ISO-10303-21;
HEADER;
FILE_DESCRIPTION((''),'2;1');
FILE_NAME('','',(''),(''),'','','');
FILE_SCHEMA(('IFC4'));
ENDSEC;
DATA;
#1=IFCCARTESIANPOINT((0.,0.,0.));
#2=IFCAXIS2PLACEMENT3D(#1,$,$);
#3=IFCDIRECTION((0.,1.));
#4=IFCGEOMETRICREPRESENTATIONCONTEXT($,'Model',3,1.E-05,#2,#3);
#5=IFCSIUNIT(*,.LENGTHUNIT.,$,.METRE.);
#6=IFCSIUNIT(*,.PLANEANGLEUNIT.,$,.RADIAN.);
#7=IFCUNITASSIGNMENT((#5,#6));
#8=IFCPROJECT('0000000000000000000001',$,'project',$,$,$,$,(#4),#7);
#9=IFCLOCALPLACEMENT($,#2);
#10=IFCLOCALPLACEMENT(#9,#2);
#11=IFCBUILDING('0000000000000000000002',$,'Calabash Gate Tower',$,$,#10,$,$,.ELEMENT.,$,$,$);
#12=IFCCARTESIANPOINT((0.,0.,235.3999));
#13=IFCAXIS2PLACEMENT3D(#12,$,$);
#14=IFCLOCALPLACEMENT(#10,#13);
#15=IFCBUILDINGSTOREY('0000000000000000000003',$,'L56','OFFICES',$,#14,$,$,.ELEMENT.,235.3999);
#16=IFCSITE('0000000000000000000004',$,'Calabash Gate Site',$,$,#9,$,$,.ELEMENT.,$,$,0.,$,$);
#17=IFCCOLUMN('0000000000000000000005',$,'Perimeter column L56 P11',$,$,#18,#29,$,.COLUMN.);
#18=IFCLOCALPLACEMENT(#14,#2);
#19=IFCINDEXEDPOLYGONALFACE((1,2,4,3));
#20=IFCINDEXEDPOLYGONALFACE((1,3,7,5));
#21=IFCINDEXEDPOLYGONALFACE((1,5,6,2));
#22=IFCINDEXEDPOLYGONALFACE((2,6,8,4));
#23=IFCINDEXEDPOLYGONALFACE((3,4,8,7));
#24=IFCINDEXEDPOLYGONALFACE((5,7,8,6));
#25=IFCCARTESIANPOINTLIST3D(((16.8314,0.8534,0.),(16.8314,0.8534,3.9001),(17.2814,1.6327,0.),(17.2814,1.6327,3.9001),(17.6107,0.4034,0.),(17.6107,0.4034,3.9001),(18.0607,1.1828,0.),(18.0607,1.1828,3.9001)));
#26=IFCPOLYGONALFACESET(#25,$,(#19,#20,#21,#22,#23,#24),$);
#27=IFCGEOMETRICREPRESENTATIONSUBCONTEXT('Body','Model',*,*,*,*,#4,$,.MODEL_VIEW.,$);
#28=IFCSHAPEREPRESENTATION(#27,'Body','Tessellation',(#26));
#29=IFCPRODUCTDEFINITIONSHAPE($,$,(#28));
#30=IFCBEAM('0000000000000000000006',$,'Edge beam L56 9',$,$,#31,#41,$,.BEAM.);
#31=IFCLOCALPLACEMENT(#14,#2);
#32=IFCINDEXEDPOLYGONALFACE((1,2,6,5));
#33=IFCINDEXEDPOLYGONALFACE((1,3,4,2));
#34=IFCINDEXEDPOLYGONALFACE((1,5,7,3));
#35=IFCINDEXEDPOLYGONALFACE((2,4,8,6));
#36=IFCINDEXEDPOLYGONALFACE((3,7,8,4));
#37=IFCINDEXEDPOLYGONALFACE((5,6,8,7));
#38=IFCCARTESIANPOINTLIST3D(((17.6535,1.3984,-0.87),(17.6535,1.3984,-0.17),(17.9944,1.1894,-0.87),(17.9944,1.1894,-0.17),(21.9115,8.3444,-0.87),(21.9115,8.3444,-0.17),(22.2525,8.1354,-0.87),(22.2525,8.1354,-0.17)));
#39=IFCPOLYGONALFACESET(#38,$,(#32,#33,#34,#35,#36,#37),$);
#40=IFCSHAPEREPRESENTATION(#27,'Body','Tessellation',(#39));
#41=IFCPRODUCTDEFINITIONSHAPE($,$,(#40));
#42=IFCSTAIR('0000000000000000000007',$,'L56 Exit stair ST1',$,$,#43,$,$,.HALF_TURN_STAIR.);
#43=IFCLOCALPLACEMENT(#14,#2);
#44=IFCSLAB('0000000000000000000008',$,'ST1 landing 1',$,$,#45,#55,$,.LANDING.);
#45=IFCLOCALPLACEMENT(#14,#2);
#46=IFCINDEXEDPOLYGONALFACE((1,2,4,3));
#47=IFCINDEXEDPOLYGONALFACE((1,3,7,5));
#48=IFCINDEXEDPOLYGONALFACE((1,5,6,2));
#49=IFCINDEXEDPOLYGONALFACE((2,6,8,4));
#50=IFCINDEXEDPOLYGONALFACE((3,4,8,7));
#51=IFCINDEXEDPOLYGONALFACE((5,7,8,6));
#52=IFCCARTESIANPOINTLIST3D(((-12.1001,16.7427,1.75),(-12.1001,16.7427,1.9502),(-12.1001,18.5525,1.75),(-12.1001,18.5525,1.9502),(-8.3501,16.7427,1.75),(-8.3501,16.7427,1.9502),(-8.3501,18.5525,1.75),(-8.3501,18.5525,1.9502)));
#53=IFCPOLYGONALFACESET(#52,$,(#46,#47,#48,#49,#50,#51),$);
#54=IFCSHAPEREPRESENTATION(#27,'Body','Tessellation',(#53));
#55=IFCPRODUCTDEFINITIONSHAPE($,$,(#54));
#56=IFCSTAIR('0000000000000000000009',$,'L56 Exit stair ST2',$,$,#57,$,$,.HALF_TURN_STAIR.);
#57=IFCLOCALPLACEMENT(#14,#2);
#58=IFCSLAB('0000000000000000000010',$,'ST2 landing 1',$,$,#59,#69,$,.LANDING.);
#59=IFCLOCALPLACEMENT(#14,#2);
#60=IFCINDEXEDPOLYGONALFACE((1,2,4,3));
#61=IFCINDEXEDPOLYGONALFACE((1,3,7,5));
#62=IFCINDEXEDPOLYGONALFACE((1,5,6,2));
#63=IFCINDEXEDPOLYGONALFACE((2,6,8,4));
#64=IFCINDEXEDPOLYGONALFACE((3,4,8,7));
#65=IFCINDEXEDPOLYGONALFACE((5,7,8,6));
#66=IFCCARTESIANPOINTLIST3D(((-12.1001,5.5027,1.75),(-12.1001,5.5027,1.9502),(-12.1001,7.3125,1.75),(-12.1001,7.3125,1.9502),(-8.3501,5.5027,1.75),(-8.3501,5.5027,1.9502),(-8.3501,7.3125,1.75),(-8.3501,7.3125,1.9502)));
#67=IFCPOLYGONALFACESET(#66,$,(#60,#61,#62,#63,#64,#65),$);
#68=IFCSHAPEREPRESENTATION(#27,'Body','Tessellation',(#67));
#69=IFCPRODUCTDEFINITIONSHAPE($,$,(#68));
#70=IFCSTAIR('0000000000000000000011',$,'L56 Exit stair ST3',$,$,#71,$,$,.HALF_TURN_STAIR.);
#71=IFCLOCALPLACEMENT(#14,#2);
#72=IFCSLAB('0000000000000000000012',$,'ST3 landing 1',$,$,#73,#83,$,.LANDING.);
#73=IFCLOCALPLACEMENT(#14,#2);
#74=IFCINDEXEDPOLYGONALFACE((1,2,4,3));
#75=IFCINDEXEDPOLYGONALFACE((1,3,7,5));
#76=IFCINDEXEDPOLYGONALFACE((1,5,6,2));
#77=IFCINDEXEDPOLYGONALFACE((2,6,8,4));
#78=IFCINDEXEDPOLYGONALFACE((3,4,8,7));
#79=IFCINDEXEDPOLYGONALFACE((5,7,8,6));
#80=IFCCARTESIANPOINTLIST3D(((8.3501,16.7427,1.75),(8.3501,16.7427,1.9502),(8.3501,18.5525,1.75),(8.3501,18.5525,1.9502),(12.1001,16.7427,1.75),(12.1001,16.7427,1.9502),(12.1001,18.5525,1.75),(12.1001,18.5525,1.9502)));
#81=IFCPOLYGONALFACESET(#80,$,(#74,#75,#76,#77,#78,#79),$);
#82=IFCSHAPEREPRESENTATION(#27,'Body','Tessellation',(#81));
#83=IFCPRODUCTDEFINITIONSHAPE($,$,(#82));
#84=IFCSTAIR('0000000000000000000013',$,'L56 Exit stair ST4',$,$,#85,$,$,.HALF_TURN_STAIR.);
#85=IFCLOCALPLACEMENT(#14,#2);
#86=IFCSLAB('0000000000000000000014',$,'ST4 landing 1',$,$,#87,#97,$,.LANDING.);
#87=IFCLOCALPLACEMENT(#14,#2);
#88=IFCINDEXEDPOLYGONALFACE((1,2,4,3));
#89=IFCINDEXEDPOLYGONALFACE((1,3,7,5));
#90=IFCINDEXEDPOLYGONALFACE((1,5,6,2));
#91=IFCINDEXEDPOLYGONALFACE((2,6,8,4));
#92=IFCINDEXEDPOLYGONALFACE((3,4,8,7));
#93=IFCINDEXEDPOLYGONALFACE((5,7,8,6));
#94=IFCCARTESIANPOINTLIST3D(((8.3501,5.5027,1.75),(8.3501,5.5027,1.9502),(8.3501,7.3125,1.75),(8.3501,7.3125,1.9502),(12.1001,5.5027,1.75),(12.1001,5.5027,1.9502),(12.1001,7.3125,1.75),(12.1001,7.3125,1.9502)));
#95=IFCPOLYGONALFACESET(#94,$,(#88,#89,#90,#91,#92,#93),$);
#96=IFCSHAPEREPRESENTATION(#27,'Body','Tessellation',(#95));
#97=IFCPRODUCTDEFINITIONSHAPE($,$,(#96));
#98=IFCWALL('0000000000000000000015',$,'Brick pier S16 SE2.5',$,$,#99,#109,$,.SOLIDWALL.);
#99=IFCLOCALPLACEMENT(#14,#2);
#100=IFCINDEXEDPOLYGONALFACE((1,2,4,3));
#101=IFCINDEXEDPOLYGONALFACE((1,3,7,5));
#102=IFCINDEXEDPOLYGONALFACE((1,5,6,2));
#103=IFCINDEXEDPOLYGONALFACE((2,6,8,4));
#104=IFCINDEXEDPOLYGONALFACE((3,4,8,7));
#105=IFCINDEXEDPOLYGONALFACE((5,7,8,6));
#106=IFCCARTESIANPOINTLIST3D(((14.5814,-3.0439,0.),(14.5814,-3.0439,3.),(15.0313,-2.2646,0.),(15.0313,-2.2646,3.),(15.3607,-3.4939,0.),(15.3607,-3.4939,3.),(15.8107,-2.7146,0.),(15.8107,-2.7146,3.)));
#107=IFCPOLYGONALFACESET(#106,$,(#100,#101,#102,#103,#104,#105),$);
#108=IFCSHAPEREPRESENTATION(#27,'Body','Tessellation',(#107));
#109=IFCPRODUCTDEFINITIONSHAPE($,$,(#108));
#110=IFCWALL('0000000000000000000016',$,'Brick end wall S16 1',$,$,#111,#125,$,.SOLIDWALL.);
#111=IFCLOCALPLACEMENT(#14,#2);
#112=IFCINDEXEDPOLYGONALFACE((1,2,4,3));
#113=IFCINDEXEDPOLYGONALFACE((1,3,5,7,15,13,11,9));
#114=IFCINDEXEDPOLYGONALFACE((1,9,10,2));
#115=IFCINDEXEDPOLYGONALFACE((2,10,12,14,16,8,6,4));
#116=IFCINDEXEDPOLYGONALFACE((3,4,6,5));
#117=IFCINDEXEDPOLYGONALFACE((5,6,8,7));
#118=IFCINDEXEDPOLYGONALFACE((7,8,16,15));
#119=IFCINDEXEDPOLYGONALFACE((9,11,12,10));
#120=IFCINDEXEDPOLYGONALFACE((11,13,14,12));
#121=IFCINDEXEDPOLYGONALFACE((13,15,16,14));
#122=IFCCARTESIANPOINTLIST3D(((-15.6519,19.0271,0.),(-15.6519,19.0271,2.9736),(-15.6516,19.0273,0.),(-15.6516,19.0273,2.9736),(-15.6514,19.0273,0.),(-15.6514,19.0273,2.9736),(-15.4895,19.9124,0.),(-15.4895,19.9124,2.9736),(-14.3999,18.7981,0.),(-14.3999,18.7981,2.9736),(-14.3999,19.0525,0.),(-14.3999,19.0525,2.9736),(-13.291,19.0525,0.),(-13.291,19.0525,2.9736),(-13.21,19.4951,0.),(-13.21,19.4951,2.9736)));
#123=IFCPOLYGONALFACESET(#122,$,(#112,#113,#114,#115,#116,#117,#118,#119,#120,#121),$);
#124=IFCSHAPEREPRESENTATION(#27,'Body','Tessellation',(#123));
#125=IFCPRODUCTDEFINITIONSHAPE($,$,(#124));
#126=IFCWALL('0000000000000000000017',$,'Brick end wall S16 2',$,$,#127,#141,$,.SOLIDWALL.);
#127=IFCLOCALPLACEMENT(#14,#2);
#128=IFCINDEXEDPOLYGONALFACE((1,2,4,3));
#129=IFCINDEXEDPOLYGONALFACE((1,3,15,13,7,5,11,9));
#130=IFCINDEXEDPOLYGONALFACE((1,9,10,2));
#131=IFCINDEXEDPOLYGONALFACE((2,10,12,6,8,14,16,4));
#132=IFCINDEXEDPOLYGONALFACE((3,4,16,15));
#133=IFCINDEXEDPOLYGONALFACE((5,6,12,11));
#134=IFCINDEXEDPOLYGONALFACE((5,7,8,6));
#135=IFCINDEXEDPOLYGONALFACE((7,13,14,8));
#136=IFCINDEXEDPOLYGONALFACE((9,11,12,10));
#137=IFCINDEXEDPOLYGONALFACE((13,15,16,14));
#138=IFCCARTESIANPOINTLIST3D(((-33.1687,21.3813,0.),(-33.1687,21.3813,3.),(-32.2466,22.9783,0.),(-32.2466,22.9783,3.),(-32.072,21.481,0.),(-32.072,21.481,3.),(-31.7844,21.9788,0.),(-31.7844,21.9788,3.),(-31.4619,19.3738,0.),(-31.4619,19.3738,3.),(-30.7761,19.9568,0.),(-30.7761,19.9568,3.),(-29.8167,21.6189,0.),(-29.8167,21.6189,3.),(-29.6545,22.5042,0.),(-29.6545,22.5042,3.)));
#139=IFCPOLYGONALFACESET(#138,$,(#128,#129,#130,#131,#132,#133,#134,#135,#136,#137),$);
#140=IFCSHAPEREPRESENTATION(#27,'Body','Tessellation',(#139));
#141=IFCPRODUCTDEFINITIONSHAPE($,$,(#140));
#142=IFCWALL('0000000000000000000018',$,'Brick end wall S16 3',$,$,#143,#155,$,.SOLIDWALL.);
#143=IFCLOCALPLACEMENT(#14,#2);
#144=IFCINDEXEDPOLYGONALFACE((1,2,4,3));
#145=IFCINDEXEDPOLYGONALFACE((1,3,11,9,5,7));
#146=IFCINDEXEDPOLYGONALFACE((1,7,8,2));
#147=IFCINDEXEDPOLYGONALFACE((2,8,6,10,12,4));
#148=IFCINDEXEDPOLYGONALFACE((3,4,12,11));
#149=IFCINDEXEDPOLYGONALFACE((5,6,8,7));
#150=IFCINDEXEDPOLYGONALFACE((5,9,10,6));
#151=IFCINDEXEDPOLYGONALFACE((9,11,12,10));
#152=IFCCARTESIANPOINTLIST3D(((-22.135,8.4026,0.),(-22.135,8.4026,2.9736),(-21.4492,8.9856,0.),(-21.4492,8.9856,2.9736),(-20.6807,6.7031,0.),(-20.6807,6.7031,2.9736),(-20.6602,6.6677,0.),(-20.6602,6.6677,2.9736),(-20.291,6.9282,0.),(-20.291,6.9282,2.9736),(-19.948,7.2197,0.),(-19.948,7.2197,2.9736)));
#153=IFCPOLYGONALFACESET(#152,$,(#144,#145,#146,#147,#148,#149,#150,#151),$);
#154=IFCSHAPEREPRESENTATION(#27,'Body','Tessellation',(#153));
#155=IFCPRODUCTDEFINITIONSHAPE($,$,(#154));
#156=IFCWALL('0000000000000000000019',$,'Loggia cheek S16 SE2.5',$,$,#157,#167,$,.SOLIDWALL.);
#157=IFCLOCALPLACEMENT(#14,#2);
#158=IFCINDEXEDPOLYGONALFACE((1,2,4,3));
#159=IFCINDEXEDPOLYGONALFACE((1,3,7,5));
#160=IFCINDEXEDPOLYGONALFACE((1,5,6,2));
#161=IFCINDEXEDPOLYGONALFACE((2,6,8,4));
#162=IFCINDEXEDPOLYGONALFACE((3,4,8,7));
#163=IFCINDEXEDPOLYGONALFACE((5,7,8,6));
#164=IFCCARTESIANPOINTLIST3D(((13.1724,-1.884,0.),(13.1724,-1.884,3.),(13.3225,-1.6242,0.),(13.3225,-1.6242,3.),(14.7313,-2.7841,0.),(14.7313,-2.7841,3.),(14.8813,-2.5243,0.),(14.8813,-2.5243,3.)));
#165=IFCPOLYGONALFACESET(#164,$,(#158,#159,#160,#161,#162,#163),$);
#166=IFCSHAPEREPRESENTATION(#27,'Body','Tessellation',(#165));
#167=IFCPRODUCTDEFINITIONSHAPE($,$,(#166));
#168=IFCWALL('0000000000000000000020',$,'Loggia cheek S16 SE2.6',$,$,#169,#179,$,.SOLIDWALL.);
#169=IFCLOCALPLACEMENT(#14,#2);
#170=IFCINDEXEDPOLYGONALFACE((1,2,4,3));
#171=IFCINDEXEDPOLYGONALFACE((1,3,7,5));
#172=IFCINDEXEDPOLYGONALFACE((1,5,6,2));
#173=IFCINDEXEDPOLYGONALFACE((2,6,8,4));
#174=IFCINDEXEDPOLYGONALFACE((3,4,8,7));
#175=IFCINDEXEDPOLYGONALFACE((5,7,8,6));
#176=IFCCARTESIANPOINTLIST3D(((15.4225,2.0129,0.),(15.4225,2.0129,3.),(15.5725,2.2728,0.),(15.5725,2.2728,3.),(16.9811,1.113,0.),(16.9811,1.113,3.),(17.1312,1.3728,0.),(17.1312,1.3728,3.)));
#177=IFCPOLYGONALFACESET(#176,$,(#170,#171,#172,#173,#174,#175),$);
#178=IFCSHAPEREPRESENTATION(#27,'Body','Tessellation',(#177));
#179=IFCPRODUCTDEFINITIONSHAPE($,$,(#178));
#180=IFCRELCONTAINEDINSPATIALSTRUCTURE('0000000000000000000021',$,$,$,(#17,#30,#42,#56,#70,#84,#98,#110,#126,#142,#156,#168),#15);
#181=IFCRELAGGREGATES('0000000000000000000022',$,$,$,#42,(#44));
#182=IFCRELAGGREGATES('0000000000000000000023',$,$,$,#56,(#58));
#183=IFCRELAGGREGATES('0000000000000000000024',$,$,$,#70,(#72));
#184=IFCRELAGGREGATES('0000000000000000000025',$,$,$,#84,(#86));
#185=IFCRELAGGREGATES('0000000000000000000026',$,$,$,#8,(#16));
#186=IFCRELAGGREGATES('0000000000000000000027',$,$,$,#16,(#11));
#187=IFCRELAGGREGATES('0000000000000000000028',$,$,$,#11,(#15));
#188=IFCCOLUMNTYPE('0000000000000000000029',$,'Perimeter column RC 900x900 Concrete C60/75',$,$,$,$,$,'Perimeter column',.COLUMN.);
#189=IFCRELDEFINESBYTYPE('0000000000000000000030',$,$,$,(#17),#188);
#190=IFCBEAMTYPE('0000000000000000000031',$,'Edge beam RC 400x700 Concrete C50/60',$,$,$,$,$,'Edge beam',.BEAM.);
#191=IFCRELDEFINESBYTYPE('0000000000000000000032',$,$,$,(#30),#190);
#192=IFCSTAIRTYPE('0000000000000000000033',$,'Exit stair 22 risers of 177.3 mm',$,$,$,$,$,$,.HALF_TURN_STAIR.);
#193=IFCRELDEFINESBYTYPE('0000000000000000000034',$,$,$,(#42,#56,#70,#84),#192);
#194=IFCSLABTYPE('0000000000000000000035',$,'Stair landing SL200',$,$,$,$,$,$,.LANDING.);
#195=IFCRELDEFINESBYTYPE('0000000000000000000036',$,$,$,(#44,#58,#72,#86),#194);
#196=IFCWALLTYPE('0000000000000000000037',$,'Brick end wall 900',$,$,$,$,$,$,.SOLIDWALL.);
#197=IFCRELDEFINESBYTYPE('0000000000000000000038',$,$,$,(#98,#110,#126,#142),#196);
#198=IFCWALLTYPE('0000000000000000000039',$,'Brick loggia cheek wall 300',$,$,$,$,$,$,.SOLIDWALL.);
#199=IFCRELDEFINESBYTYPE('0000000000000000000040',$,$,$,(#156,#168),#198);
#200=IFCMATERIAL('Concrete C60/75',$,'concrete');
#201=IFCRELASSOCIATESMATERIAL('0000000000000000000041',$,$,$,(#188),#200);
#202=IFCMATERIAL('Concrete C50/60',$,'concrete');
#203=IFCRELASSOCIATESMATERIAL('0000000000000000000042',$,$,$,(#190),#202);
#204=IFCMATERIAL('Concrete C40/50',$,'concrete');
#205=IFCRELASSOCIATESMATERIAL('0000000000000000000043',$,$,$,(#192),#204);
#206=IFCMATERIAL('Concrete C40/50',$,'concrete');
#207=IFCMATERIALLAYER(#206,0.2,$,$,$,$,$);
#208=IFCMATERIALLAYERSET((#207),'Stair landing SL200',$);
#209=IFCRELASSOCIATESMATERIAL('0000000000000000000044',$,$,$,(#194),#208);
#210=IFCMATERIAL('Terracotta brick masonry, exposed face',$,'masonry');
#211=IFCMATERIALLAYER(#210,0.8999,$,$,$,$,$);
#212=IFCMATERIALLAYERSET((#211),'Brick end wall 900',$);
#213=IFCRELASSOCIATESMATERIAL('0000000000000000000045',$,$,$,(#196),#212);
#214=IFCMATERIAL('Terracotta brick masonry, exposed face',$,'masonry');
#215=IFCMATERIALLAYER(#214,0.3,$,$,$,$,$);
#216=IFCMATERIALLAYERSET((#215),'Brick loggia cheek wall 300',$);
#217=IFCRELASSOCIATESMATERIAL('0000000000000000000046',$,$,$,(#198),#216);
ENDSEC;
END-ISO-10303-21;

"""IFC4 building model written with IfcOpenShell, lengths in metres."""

from ifc_helpers import new_model, si_unit, direction, frame, frame_2d, origin, origin_2d, place, context, subcontext, project, spatial, polyline, rectangle, outline, extrude, material, layer, layer_set, material_profile, profile_set, type_object, element, aggregate, save


model = new_model("IFC4")

# Units and contexts
model_context = context("Model", 3, precision=1e-05, world=origin(), true_north=direction((0.0, 1.0)))
body_context = subcontext(model_context, "Body", "Model", "MODEL_VIEW")
ifc_project = project(units=[si_unit("LENGTHUNIT", "METRE"), si_unit("PLANEANGLEUNIT", "RADIAN")], contexts=[model_context])

# Site, building, storey
site_placement = place(None, origin())
site = spatial("IfcSite", under=ifc_project, at=site_placement, Name="Calabash Gate Site", CompositionType="ELEMENT", RefElevation=0.0)
building_placement = place(site_placement, origin())
building = spatial("IfcBuilding", under=site, at=building_placement, Name="Calabash Gate Tower", CompositionType="ELEMENT")
storey_placement = place(building_placement, frame((0.0, 0.0, 235.3999)))
storey = spatial("IfcBuildingStorey", under=building, at=storey_placement, Name="L56", Description="OFFICES", CompositionType="ELEMENT", Elevation=235.3999)

# Column
ifc_material_1 = material(Name="Concrete C60/75", Category="concrete")
ifc_material_profile_1 = material_profile(ifc_material_1, rectangle(XDim=0.8999, YDim=0.8999, at=origin_2d()))
ifc_profile_set_1 = profile_set([ifc_material_profile_1], Name="Concrete C60/75")
column_type = type_object("IfcColumnType", Name="Perimeter column RC 900x900 Concrete C60/75", ElementType="Perimeter column", PredefinedType="COLUMN", material=ifc_profile_set_1)
column_placement = place(storey_placement, frame((17.446, 1.0181, 0.0), z_axis=(0.0, 0.0, 1.0), x_axis=(0.5, 0.866025, 0.0)))
element("IfcColumn", 1, at=column_placement, inside=storey, type_object=column_type, Name="Perimeter column L56 P11", PredefinedType="COLUMN", context=body_context, shape_type="SweptSolid", body=[
    extrude(rectangle(XDim=0.8999, YDim=0.8999, at=origin_2d()), origin(), (0.0, 0.0, 1.0), 3.9001),
])

# Beam
ifc_material_2 = material(Name="Concrete C50/60", Category="concrete")
ifc_material_profile_2 = material_profile(ifc_material_2, rectangle(XDim=0.3999, YDim=0.7, at=origin_2d()))
ifc_profile_set_2 = profile_set([ifc_material_profile_2], Name="Concrete C50/60")
beam_type = type_object("IfcBeamType", Name="Edge beam RC 400x700 Concrete C50/60", ElementType="Edge beam", PredefinedType="BEAM", material=ifc_profile_set_2)
beam_placement = place(storey_placement, frame((17.824, 1.2939, -0.52), z_axis=(0.522634, 0.852557, 0.0), x_axis=(-0.852557, 0.522634, 0.0)))
element("IfcBeam", 2, at=beam_placement, inside=storey, type_object=beam_type, Name="Edge beam L56 9", PredefinedType="BEAM", context=body_context, shape_type="SweptSolid", body=[
    extrude(rectangle(XDim=0.3999, YDim=0.7, at=origin_2d()), origin(), (0.0, 0.0, 1.0), 8.1472),
])

# Stairs, slabs
ifc_material_3 = material(Name="Concrete C40/50", Category="concrete")
stair_type = type_object("IfcStairType", Name="Exit stair 22 risers of 177.3 mm", PredefinedType="HALF_TURN_STAIR", material=ifc_material_3)
stair_1_placement = place(storey_placement, origin())
stair_1 = element("IfcStair", 3, at=stair_1_placement, inside=storey, type_object=stair_type, Name="L56 Exit stair ST1", PredefinedType="HALF_TURN_STAIR")
ifc_material_4 = material(Name="Concrete C40/50", Category="concrete")
ifc_layer_1 = layer(ifc_material_4, 0.2)
ifc_layer_set_1 = layer_set([ifc_layer_1], Name="Stair landing SL200")
slab_type = type_object("IfcSlabType", Name="Stair landing SL200", PredefinedType="LANDING", material=ifc_layer_set_1)
slab_1_placement = place(storey_placement, frame((0.0, 0.0, 1.75)))
slab_1 = element("IfcSlab", 4, at=slab_1_placement, type_object=slab_type, Name="ST1 landing 1", PredefinedType="LANDING", context=body_context, shape_type="SweptSolid", body=[
    extrude(outline(polyline([(-8.3501, 16.7427), (-8.3501, 18.5525), (-12.1001, 18.5525), (-12.1001, 16.7427), (-8.3501, 16.7427)])), origin(), (0.0, 0.0, 1.0), 0.2002),
])
aggregate(stair_1, [slab_1])
stair_2_placement = place(storey_placement, origin())
stair_2 = element("IfcStair", 5, at=stair_2_placement, inside=storey, type_object=stair_type, Name="L56 Exit stair ST2", PredefinedType="HALF_TURN_STAIR")
slab_2_placement = place(storey_placement, frame((0.0, 0.0, 1.75)))
slab_2 = element("IfcSlab", 6, at=slab_2_placement, type_object=slab_type, Name="ST2 landing 1", PredefinedType="LANDING", context=body_context, shape_type="SweptSolid", body=[
    extrude(outline(polyline([(-12.1001, 7.3125), (-12.1001, 5.5027), (-8.3501, 5.5027), (-8.3501, 7.3125), (-12.1001, 7.3125)])), origin(), (0.0, 0.0, 1.0), 0.2002),
])
aggregate(stair_2, [slab_2])
stair_3_placement = place(storey_placement, origin())
stair_3 = element("IfcStair", 7, at=stair_3_placement, inside=storey, type_object=stair_type, Name="L56 Exit stair ST3", PredefinedType="HALF_TURN_STAIR")
slab_3_placement = place(storey_placement, frame((0.0, 0.0, 1.75)))
slab_3 = element("IfcSlab", 8, at=slab_3_placement, type_object=slab_type, Name="ST3 landing 1", PredefinedType="LANDING", context=body_context, shape_type="SweptSolid", body=[
    extrude(outline(polyline([(12.1001, 16.7427), (12.1001, 18.5525), (8.3501, 18.5525), (8.3501, 16.7427), (12.1001, 16.7427)])), origin(), (0.0, 0.0, 1.0), 0.2002),
])
aggregate(stair_3, [slab_3])
stair_4_placement = place(storey_placement, origin())
stair_4 = element("IfcStair", 9, at=stair_4_placement, inside=storey, type_object=stair_type, Name="L56 Exit stair ST4", PredefinedType="HALF_TURN_STAIR")
slab_4_placement = place(storey_placement, frame((0.0, 0.0, 1.75)))
slab_4 = element("IfcSlab", 10, at=slab_4_placement, type_object=slab_type, Name="ST4 landing 1", PredefinedType="LANDING", context=body_context, shape_type="SweptSolid", body=[
    extrude(outline(polyline([(8.3501, 7.3125), (8.3501, 5.5027), (12.1001, 5.5027), (12.1001, 7.3125), (8.3501, 7.3125)])), origin(), (0.0, 0.0, 1.0), 0.2002),
])
aggregate(stair_4, [slab_4])

# Walls
ifc_material_5 = material(Name="Terracotta brick masonry, exposed face", Category="masonry")
ifc_layer_2 = layer(ifc_material_5, 0.8999)
ifc_layer_set_2 = layer_set([ifc_layer_2], Name="Brick end wall 900")
wall_type_1 = type_object("IfcWallType", Name="Brick end wall 900", PredefinedType="SOLIDWALL", material=ifc_layer_set_2)
wall_1_placement = place(storey_placement, frame((15.5857, -3.1042, 0.0), z_axis=(0.0, 0.0, 1.0), x_axis=(-0.866014, 0.50002, 0.0)))
element("IfcWall", 11, at=wall_1_placement, inside=storey, type_object=wall_type_1, Name="Brick pier S16 SE2.5", PredefinedType="SOLIDWALL", context=body_context, shape_type="SweptSolid", body=[
    extrude(rectangle(XDim=0.8999, YDim=0.8999, at=frame_2d((0.45, 0.0))), origin(), (0.0, 0.0, 1.0), 3.0),
])
wall_2_placement = place(storey_placement, origin())
element("IfcWall", 12, at=wall_2_placement, inside=storey, type_object=wall_type_1, Name="Brick end wall S16 1", PredefinedType="SOLIDWALL", context=body_context, shape_type="SweptSolid", body=[
    extrude(outline(polyline([(-15.6516, 19.0273), (-15.6519, 19.0271), (-14.3999, 18.7981), (-14.3999, 19.0525), (-13.291, 19.0525), (-13.21, 19.4951), (-15.4895, 19.9124), (-15.6514, 19.0273), (-15.6516, 19.0273)])), origin(), (0.0, 0.0, 1.0), 2.9736),
])
wall_3_placement = place(storey_placement, origin())
element("IfcWall", 13, at=wall_3_placement, inside=storey, type_object=wall_type_1, Name="Brick end wall S16 2", PredefinedType="SOLIDWALL", context=body_context, shape_type="SweptSolid", body=[
    extrude(outline(polyline([(-31.7844, 21.9788), (-29.8167, 21.6189), (-29.6545, 22.5042), (-32.2466, 22.9783), (-33.1687, 21.3813), (-31.4619, 19.3738), (-30.7761, 19.9568), (-32.072, 21.481), (-31.7844, 21.9788)])), origin(), (0.0, 0.0, 1.0), 3.0),
])
wall_4_placement = place(storey_placement, origin())
element("IfcWall", 14, at=wall_4_placement, inside=storey, type_object=wall_type_1, Name="Brick end wall S16 3", PredefinedType="SOLIDWALL", context=body_context, shape_type="SweptSolid", body=[
    extrude(outline(polyline([(-19.948, 7.2197), (-21.4492, 8.9856), (-22.135, 8.4026), (-20.6602, 6.6677), (-20.6807, 6.7031), (-20.291, 6.9282), (-19.948, 7.2197)])), origin(), (0.0, 0.0, 1.0), 2.9736),
])
ifc_material_6 = material(Name="Terracotta brick masonry, exposed face", Category="masonry")
ifc_layer_3 = layer(ifc_material_6, 0.3)
ifc_layer_set_3 = layer_set([ifc_layer_3], Name="Brick loggia cheek wall 300")
wall_type_2 = type_object("IfcWallType", Name="Brick loggia cheek wall 300", PredefinedType="SOLIDWALL", material=ifc_layer_set_3)
wall_5_placement = place(storey_placement, frame((13.2476, -1.7542, 0.0), z_axis=(0.0, 0.0, 1.0), x_axis=(0.865989, -0.500063, 0.0)))
element("IfcWall", 15, at=wall_5_placement, inside=storey, type_object=wall_type_2, Name="Loggia cheek S16 SE2.5", PredefinedType="SOLIDWALL", context=body_context, shape_type="SweptSolid", body=[
    extrude(rectangle(XDim=1.8, YDim=0.3, at=frame_2d((0.8999, 0.0))), origin(), (0.0, 0.0, 1.0), 3.0),
])
wall_6_placement = place(storey_placement, frame((17.0562, 1.2429, 0.0), z_axis=(0.0, 0.0, 1.0), x_axis=(-0.866014, 0.50002, 0.0)))
element("IfcWall", 16, at=wall_6_placement, inside=storey, type_object=wall_type_2, Name="Loggia cheek S16 SE2.6", PredefinedType="SOLIDWALL", context=body_context, shape_type="SweptSolid", body=[
    extrude(rectangle(XDim=1.7998, YDim=0.3, at=frame_2d((0.8999, 0.0))), origin(), (0.0, 0.0, 1.0), 3.0),
])

save(model, "model.ifc")
